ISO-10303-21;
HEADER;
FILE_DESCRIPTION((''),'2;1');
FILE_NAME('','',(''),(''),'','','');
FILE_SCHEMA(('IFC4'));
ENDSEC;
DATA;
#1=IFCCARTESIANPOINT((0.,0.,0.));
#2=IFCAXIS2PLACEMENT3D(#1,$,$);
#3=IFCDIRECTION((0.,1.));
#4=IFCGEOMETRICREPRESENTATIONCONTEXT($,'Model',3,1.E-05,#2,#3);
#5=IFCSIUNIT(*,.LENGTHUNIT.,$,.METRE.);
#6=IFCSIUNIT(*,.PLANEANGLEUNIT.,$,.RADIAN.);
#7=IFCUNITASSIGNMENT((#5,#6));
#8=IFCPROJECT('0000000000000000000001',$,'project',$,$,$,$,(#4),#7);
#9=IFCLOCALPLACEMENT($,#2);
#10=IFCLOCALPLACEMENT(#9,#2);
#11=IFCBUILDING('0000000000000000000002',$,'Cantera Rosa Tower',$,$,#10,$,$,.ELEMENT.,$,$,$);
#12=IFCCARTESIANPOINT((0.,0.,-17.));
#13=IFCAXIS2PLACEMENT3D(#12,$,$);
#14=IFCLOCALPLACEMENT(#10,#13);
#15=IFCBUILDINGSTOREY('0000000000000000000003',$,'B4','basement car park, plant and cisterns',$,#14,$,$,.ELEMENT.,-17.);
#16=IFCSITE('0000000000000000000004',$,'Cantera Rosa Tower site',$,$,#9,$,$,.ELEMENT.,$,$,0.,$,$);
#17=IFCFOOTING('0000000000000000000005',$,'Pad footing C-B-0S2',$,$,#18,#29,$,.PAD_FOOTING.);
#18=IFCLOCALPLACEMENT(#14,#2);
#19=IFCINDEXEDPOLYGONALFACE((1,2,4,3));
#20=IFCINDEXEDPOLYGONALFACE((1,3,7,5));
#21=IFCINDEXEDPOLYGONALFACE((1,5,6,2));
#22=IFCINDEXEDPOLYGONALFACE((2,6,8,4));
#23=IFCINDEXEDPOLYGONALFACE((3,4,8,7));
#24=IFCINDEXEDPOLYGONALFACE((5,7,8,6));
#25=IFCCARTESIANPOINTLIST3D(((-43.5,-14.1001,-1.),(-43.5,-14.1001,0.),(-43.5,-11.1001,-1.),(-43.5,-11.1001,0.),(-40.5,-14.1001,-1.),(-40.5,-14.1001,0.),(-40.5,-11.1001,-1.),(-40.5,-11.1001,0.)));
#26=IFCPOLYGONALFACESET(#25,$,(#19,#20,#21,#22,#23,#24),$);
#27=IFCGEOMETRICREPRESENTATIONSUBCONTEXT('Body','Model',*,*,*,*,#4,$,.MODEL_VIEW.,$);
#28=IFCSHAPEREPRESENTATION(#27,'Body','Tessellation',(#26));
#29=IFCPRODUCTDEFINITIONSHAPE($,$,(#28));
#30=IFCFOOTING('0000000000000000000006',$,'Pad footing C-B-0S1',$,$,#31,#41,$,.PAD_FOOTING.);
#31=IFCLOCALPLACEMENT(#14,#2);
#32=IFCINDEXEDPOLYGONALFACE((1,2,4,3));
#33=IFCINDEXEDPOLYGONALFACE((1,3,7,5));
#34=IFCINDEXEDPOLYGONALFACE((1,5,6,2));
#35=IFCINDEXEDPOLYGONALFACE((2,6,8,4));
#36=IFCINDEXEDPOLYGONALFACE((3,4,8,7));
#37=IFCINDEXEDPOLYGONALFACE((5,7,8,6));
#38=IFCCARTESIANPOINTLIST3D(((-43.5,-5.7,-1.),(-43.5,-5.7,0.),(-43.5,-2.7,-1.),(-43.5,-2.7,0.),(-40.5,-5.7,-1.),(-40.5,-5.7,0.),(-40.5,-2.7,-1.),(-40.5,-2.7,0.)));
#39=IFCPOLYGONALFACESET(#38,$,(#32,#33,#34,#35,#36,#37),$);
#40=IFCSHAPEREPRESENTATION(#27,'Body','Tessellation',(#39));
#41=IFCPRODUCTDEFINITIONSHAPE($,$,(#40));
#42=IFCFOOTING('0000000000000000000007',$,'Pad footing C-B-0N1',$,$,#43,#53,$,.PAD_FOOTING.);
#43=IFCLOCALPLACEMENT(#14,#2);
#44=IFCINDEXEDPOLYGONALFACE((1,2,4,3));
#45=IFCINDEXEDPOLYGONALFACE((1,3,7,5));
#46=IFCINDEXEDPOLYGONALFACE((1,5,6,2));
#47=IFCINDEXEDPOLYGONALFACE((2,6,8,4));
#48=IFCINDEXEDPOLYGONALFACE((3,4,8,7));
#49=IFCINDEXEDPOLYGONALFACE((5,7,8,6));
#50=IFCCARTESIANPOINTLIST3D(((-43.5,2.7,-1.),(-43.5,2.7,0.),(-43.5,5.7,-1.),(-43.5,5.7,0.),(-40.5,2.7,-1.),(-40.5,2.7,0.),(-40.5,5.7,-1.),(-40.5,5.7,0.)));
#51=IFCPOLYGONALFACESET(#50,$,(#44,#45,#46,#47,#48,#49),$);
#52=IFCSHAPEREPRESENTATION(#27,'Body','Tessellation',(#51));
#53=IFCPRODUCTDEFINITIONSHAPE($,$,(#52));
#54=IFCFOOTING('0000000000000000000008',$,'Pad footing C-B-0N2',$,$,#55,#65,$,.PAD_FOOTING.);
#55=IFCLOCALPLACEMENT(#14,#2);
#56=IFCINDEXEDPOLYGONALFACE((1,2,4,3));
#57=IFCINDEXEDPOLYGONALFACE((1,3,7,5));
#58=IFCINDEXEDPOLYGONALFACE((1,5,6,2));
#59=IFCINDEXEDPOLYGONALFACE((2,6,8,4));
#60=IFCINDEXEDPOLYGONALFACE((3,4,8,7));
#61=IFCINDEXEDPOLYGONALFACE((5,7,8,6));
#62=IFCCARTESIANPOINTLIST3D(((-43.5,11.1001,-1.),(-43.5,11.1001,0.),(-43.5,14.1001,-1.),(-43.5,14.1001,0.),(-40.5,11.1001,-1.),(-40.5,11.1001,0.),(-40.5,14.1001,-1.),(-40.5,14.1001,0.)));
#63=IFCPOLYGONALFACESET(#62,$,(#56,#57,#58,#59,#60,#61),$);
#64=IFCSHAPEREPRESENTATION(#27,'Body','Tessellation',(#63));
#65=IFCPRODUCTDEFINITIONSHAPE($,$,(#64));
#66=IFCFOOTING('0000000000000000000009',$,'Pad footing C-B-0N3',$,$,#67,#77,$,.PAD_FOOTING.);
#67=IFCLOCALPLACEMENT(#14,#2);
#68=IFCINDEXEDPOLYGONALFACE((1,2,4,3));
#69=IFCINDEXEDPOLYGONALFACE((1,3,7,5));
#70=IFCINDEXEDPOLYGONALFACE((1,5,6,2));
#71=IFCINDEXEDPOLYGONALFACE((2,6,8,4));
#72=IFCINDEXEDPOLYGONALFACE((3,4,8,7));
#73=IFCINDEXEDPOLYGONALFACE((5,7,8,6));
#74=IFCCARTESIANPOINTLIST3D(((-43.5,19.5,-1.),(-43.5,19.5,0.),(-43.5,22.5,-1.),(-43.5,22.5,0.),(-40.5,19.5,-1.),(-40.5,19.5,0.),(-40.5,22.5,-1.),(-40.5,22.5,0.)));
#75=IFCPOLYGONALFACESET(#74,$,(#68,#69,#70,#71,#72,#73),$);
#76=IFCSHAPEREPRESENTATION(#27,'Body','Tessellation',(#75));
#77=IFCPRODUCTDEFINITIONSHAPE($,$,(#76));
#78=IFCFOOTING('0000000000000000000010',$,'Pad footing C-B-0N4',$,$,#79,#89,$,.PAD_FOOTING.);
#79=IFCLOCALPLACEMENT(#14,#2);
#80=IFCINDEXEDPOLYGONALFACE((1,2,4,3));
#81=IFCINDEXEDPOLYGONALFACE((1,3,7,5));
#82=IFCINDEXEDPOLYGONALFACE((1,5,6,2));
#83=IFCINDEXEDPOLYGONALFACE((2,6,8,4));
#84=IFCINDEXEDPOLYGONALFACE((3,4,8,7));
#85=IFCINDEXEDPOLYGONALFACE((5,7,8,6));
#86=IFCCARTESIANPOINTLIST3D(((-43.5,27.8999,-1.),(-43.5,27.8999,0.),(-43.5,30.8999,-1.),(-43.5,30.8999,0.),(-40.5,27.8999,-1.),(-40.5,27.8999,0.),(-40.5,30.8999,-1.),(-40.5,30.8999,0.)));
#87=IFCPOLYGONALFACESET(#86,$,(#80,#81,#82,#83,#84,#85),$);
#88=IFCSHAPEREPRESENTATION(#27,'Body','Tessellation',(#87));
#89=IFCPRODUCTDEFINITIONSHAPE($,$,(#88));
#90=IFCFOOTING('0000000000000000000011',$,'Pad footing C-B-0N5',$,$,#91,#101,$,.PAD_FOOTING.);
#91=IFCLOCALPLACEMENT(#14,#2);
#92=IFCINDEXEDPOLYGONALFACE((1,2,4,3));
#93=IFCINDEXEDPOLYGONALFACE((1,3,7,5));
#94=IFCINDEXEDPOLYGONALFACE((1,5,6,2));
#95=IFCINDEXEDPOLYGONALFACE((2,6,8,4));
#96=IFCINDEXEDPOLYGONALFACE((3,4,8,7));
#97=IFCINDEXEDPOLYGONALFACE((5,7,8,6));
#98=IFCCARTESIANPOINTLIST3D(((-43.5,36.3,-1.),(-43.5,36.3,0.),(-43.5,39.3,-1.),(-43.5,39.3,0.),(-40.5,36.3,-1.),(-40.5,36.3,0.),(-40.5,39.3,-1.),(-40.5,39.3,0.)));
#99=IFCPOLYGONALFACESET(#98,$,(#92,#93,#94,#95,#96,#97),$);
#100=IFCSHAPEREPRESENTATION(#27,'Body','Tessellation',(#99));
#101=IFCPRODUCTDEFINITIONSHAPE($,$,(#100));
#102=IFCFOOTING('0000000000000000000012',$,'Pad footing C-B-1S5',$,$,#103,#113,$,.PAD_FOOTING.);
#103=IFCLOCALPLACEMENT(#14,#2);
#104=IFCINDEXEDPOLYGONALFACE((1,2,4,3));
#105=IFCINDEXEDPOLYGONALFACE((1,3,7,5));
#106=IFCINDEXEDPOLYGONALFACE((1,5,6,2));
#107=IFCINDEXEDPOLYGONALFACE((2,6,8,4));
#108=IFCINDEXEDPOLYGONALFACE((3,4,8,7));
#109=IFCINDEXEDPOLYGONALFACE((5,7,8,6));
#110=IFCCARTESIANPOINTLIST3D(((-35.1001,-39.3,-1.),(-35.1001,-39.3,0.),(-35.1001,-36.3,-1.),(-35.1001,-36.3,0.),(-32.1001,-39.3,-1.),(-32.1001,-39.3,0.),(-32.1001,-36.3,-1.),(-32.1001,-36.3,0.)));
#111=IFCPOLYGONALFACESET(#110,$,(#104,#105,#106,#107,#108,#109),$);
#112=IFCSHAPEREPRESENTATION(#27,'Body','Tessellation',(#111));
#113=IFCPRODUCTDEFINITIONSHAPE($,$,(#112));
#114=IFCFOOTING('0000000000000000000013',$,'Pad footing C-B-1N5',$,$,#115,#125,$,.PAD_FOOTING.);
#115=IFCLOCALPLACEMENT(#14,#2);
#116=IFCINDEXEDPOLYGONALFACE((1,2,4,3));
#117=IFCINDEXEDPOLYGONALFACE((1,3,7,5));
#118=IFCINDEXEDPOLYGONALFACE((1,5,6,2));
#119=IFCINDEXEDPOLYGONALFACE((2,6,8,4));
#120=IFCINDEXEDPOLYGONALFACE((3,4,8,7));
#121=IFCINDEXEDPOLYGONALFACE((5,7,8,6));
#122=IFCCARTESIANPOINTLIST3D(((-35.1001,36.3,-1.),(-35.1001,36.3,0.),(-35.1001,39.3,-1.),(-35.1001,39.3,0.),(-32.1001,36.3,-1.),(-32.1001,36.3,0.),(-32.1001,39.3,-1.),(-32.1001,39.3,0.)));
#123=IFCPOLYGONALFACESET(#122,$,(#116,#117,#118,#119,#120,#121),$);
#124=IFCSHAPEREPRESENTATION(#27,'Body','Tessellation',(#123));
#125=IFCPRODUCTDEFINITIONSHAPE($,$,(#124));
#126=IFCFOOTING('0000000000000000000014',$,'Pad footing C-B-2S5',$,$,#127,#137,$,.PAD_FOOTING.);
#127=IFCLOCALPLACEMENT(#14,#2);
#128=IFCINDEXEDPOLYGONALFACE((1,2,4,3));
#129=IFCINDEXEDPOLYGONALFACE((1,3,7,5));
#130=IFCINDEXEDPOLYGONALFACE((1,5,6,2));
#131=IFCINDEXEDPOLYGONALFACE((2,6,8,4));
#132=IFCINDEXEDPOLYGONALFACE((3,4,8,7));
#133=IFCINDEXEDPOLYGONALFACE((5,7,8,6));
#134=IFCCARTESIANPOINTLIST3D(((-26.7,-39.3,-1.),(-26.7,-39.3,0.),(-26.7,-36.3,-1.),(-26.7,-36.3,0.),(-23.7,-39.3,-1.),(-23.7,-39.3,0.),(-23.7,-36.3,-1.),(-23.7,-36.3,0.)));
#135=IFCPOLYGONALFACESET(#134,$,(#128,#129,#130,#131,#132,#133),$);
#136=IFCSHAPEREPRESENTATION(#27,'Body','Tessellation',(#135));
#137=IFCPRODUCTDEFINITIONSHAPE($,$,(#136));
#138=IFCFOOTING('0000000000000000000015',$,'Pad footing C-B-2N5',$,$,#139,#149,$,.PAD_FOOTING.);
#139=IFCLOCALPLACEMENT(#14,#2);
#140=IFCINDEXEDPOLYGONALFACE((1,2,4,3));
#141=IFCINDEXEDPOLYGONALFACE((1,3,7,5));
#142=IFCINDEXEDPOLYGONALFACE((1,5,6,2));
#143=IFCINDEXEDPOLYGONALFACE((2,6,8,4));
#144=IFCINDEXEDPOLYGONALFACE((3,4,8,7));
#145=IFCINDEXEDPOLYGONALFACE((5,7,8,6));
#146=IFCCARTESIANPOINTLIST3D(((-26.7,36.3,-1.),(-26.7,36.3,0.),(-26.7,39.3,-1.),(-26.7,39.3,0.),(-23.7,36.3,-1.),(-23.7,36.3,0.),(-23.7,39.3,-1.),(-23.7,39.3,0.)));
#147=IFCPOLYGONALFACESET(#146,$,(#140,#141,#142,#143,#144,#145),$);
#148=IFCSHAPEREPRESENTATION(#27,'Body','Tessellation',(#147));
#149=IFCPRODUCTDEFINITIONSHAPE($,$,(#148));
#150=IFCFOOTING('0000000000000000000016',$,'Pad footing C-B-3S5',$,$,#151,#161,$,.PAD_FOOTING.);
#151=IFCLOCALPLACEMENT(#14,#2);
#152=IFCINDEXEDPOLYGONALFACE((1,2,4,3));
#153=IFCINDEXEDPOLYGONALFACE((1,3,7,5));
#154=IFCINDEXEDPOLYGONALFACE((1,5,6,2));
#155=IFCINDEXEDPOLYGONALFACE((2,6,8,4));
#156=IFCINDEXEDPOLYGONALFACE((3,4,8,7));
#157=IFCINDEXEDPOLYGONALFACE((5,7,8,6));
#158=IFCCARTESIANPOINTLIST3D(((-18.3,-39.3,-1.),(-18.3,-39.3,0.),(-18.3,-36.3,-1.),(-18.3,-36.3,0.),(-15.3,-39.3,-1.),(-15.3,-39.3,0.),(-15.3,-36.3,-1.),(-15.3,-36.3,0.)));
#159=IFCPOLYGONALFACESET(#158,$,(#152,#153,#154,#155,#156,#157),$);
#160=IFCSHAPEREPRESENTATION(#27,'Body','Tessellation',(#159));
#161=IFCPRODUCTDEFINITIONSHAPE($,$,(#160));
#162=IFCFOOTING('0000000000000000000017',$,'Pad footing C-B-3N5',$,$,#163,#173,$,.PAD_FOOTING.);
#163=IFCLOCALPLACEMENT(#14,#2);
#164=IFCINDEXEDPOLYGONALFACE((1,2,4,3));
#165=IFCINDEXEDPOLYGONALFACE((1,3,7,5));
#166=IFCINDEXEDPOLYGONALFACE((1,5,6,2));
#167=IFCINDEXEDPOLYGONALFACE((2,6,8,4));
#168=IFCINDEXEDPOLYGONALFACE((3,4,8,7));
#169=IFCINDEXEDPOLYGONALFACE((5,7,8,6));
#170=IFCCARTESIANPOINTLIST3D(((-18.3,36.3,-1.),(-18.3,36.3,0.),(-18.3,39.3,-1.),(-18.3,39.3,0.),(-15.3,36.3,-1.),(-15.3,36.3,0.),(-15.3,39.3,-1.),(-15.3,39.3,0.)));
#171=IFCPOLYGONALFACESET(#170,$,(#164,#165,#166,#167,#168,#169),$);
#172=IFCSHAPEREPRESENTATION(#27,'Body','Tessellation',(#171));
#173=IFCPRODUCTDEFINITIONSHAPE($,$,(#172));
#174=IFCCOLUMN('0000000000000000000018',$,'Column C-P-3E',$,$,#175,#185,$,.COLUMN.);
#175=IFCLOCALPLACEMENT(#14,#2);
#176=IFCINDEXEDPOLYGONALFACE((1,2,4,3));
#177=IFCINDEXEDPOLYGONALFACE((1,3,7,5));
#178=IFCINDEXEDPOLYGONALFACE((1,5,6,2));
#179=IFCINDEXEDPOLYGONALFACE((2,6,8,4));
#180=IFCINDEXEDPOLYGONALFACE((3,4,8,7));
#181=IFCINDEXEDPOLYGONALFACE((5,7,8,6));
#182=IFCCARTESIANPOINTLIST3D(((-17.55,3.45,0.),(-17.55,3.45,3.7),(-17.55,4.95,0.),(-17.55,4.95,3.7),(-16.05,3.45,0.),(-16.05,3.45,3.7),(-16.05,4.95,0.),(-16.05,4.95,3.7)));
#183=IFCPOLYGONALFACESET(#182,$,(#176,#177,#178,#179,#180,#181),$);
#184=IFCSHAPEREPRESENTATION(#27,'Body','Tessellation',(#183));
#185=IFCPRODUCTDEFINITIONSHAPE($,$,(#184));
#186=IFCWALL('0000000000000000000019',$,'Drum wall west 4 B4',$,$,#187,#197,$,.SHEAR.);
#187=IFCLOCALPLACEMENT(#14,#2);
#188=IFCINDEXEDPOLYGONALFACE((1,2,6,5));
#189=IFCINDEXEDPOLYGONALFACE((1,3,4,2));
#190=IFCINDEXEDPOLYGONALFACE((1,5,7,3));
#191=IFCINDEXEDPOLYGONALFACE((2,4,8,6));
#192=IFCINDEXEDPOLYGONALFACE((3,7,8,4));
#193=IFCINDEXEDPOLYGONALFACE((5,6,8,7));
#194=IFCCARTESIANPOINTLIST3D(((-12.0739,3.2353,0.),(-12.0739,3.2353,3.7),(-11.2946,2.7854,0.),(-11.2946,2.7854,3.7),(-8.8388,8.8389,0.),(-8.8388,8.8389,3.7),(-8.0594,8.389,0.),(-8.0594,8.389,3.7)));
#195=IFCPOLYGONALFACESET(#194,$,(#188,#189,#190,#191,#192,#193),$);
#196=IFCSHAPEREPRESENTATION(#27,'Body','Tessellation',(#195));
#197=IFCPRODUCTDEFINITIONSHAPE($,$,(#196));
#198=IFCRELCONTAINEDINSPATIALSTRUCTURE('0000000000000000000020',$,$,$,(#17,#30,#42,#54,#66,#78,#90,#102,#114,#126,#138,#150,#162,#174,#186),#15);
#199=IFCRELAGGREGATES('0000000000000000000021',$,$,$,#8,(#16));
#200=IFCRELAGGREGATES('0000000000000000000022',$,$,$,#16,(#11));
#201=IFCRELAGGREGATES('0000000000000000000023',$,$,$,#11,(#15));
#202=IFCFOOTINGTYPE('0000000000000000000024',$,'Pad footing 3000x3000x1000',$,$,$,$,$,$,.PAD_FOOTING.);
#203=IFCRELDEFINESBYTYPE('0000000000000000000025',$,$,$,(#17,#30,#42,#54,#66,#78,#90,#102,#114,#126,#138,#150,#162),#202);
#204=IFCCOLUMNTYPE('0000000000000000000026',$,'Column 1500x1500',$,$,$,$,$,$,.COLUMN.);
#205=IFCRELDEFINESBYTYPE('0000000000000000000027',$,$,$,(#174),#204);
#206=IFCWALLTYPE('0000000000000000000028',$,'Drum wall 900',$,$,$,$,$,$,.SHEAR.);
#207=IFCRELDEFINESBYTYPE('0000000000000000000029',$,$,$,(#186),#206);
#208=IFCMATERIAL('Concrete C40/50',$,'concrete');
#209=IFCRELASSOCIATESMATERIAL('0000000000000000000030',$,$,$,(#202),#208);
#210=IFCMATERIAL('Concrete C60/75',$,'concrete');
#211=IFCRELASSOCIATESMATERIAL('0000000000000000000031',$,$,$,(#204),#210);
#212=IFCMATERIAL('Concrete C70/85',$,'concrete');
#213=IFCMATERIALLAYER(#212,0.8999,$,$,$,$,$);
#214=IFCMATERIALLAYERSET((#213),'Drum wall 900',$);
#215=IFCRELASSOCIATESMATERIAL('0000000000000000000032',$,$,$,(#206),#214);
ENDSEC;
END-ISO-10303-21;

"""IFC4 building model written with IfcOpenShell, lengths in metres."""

from ifc_helpers import new_model, si_unit, direction, frame, frame_2d, origin, origin_2d, place, context, subcontext, project, spatial, polyline, rectangle, outline, extrude, material, layer, layer_set, material_profile, profile_set, type_object, element, save


model = new_model("IFC4")

# Units and contexts
model_context = context("Model", 3, precision=1e-05, world=origin(), true_north=direction((0.0, 1.0)))
body_context = subcontext(model_context, "Body", "Model", "MODEL_VIEW")
ifc_project = project(units=[si_unit("LENGTHUNIT", "METRE"), si_unit("PLANEANGLEUNIT", "RADIAN")], contexts=[model_context])

# Site, building, storey
site_placement = place(None, origin())
site = spatial("IfcSite", under=ifc_project, at=site_placement, Name="Cantera Rosa Tower site", CompositionType="ELEMENT", RefElevation=0.0)
building_placement = place(site_placement, origin())
building = spatial("IfcBuilding", under=site, at=building_placement, Name="Cantera Rosa Tower", CompositionType="ELEMENT")
storey_placement = place(building_placement, frame((0.0, 0.0, -17.0)))
storey = spatial("IfcBuildingStorey", under=building, at=storey_placement, Name="B4", Description="basement car park, plant and cisterns", CompositionType="ELEMENT", Elevation=-17.0)

# Footings
ifc_material_1 = material(Name="Concrete C40/50", Category="concrete")
footing_type = type_object("IfcFootingType", Name="Pad footing 3000x3000x1000", PredefinedType="PAD_FOOTING", material=ifc_material_1)
footing_1_placement = place(storey_placement, frame((0.0, 0.0, -1.0)))
element("IfcFooting", 1, at=footing_1_placement, inside=storey, type_object=footing_type, Name="Pad footing C-B-0S2", PredefinedType="PAD_FOOTING", context=body_context, shape_type="SweptSolid", body=[
    extrude(outline(polyline([(-40.5, -14.1001), (-40.5, -11.1001), (-43.5, -11.1001), (-43.5, -14.1001), (-40.5, -14.1001)])), origin(), (0.0, 0.0, 1.0), 1.0),
])
footing_2_placement = place(storey_placement, frame((0.0, 0.0, -1.0)))
element("IfcFooting", 2, at=footing_2_placement, inside=storey, type_object=footing_type, Name="Pad footing C-B-0S1", PredefinedType="PAD_FOOTING", context=body_context, shape_type="SweptSolid", body=[
    extrude(outline(polyline([(-40.5, -5.7), (-40.5, -2.7), (-43.5, -2.7), (-43.5, -5.7), (-40.5, -5.7)])), origin(), (0.0, 0.0, 1.0), 1.0),
])
footing_3_placement = place(storey_placement, frame((0.0, 0.0, -1.0)))
element("IfcFooting", 3, at=footing_3_placement, inside=storey, type_object=footing_type, Name="Pad footing C-B-0N1", PredefinedType="PAD_FOOTING", context=body_context, shape_type="SweptSolid", body=[
    extrude(outline(polyline([(-40.5, 2.7), (-40.5, 5.7), (-43.5, 5.7), (-43.5, 2.7), (-40.5, 2.7)])), origin(), (0.0, 0.0, 1.0), 1.0),
])
footing_4_placement = place(storey_placement, frame((0.0, 0.0, -1.0)))
element("IfcFooting", 4, at=footing_4_placement, inside=storey, type_object=footing_type, Name="Pad footing C-B-0N2", PredefinedType="PAD_FOOTING", context=body_context, shape_type="SweptSolid", body=[
    extrude(outline(polyline([(-40.5, 11.1001), (-40.5, 14.1001), (-43.5, 14.1001), (-43.5, 11.1001), (-40.5, 11.1001)])), origin(), (0.0, 0.0, 1.0), 1.0),
])
footing_5_placement = place(storey_placement, frame((0.0, 0.0, -1.0)))
element("IfcFooting", 5, at=footing_5_placement, inside=storey, type_object=footing_type, Name="Pad footing C-B-0N3", PredefinedType="PAD_FOOTING", context=body_context, shape_type="SweptSolid", body=[
    extrude(outline(polyline([(-40.5, 19.5), (-40.5, 22.5), (-43.5, 22.5), (-43.5, 19.5), (-40.5, 19.5)])), origin(), (0.0, 0.0, 1.0), 1.0),
])
footing_6_placement = place(storey_placement, frame((0.0, 0.0, -1.0)))
element("IfcFooting", 6, at=footing_6_placement, inside=storey, type_object=footing_type, Name="Pad footing C-B-0N4", PredefinedType="PAD_FOOTING", context=body_context, shape_type="SweptSolid", body=[
    extrude(outline(polyline([(-40.5, 27.8999), (-40.5, 30.8999), (-43.5, 30.8999), (-43.5, 27.8999), (-40.5, 27.8999)])), origin(), (0.0, 0.0, 1.0), 1.0),
])
footing_7_placement = place(storey_placement, frame((0.0, 0.0, -1.0)))
element("IfcFooting", 7, at=footing_7_placement, inside=storey, type_object=footing_type, Name="Pad footing C-B-0N5", PredefinedType="PAD_FOOTING", context=body_context, shape_type="SweptSolid", body=[
    extrude(outline(polyline([(-40.5, 36.3), (-40.5, 39.3), (-43.5, 39.3), (-43.5, 36.3), (-40.5, 36.3)])), origin(), (0.0, 0.0, 1.0), 1.0),
])
footing_8_placement = place(storey_placement, frame((0.0, 0.0, -1.0)))
element("IfcFooting", 8, at=footing_8_placement, inside=storey, type_object=footing_type, Name="Pad footing C-B-1S5", PredefinedType="PAD_FOOTING", context=body_context, shape_type="SweptSolid", body=[
    extrude(outline(polyline([(-32.1001, -39.3), (-32.1001, -36.3), (-35.1001, -36.3), (-35.1001, -39.3), (-32.1001, -39.3)])), origin(), (0.0, 0.0, 1.0), 1.0),
])
footing_9_placement = place(storey_placement, frame((0.0, 0.0, -1.0)))
element("IfcFooting", 9, at=footing_9_placement, inside=storey, type_object=footing_type, Name="Pad footing C-B-1N5", PredefinedType="PAD_FOOTING", context=body_context, shape_type="SweptSolid", body=[
    extrude(outline(polyline([(-32.1001, 36.3), (-32.1001, 39.3), (-35.1001, 39.3), (-35.1001, 36.3), (-32.1001, 36.3)])), origin(), (0.0, 0.0, 1.0), 1.0),
])
footing_10_placement = place(storey_placement, frame((0.0, 0.0, -1.0)))
element("IfcFooting", 10, at=footing_10_placement, inside=storey, type_object=footing_type, Name="Pad footing C-B-2S5", PredefinedType="PAD_FOOTING", context=body_context, shape_type="SweptSolid", body=[
    extrude(outline(polyline([(-23.7, -39.3), (-23.7, -36.3), (-26.7, -36.3), (-26.7, -39.3), (-23.7, -39.3)])), origin(), (0.0, 0.0, 1.0), 1.0),
])
footing_11_placement = place(storey_placement, frame((0.0, 0.0, -1.0)))
element("IfcFooting", 11, at=footing_11_placement, inside=storey, type_object=footing_type, Name="Pad footing C-B-2N5", PredefinedType="PAD_FOOTING", context=body_context, shape_type="SweptSolid", body=[
    extrude(outline(polyline([(-23.7, 36.3), (-23.7, 39.3), (-26.7, 39.3), (-26.7, 36.3), (-23.7, 36.3)])), origin(), (0.0, 0.0, 1.0), 1.0),
])
footing_12_placement = place(storey_placement, frame((0.0, 0.0, -1.0)))
element("IfcFooting", 12, at=footing_12_placement, inside=storey, type_object=footing_type, Name="Pad footing C-B-3S5", PredefinedType="PAD_FOOTING", context=body_context, shape_type="SweptSolid", body=[
    extrude(outline(polyline([(-15.3, -39.3), (-15.3, -36.3), (-18.3, -36.3), (-18.3, -39.3), (-15.3, -39.3)])), origin(), (0.0, 0.0, 1.0), 1.0),
])
footing_13_placement = place(storey_placement, frame((0.0, 0.0, -1.0)))
element("IfcFooting", 13, at=footing_13_placement, inside=storey, type_object=footing_type, Name="Pad footing C-B-3N5", PredefinedType="PAD_FOOTING", context=body_context, shape_type="SweptSolid", body=[
    extrude(outline(polyline([(-15.3, 36.3), (-15.3, 39.3), (-18.3, 39.3), (-18.3, 36.3), (-15.3, 36.3)])), origin(), (0.0, 0.0, 1.0), 1.0),
])

# Column
ifc_material_2 = material(Name="Concrete C60/75", Category="concrete")
ifc_material_profile_1 = material_profile(ifc_material_2, rectangle(XDim=1.5, YDim=1.5, at=origin_2d()), Name="Column 1500x1500")
ifc_profile_set_1 = profile_set([ifc_material_profile_1], Name="Concrete C60/75")
column_type = type_object("IfcColumnType", Name="Column 1500x1500", PredefinedType="COLUMN", material=ifc_profile_set_1)
column_placement = place(storey_placement, frame((-16.8, 4.2, 0.0), z_axis=(0.0, 0.0, 1.0), x_axis=(1.0, 0.0, 0.0)))
element("IfcColumn", 14, at=column_placement, inside=storey, type_object=column_type, Name="Column C-P-3E", PredefinedType="COLUMN", context=body_context, shape_type="SweptSolid", body=[
    extrude(rectangle(XDim=1.5, YDim=1.5, at=origin_2d()), origin(), (0.0, 0.0, 1.0), 3.7),
])

# Wall
ifc_material_3 = material(Name="Concrete C70/85", Category="concrete")
ifc_layer_1 = layer(ifc_material_3, 0.8999)
ifc_layer_set_1 = layer_set([ifc_layer_1], Name="Drum wall 900")
wall_type_1 = type_object("IfcWallType", Name="Drum wall 900", PredefinedType="SHEAR", material=ifc_layer_set_1)
wall_1_placement = place(storey_placement, frame((-11.6843, 3.0103, 0.0), z_axis=(0.0, 0.0, 1.0), x_axis=(0.49999, 0.866031, 0.0)))
element("IfcWall", 15, at=wall_1_placement, inside=storey, type_object=wall_type_1, Name="Drum wall west 4 B4", PredefinedType="SHEAR", context=body_context, shape_type="SweptSolid", body=[
    extrude(rectangle(XDim=6.4705, YDim=0.8999, at=frame_2d((3.2354, 0.0))), origin(), (0.0, 0.0, 1.0), 3.7),
])

save(model, "model.ifc")
